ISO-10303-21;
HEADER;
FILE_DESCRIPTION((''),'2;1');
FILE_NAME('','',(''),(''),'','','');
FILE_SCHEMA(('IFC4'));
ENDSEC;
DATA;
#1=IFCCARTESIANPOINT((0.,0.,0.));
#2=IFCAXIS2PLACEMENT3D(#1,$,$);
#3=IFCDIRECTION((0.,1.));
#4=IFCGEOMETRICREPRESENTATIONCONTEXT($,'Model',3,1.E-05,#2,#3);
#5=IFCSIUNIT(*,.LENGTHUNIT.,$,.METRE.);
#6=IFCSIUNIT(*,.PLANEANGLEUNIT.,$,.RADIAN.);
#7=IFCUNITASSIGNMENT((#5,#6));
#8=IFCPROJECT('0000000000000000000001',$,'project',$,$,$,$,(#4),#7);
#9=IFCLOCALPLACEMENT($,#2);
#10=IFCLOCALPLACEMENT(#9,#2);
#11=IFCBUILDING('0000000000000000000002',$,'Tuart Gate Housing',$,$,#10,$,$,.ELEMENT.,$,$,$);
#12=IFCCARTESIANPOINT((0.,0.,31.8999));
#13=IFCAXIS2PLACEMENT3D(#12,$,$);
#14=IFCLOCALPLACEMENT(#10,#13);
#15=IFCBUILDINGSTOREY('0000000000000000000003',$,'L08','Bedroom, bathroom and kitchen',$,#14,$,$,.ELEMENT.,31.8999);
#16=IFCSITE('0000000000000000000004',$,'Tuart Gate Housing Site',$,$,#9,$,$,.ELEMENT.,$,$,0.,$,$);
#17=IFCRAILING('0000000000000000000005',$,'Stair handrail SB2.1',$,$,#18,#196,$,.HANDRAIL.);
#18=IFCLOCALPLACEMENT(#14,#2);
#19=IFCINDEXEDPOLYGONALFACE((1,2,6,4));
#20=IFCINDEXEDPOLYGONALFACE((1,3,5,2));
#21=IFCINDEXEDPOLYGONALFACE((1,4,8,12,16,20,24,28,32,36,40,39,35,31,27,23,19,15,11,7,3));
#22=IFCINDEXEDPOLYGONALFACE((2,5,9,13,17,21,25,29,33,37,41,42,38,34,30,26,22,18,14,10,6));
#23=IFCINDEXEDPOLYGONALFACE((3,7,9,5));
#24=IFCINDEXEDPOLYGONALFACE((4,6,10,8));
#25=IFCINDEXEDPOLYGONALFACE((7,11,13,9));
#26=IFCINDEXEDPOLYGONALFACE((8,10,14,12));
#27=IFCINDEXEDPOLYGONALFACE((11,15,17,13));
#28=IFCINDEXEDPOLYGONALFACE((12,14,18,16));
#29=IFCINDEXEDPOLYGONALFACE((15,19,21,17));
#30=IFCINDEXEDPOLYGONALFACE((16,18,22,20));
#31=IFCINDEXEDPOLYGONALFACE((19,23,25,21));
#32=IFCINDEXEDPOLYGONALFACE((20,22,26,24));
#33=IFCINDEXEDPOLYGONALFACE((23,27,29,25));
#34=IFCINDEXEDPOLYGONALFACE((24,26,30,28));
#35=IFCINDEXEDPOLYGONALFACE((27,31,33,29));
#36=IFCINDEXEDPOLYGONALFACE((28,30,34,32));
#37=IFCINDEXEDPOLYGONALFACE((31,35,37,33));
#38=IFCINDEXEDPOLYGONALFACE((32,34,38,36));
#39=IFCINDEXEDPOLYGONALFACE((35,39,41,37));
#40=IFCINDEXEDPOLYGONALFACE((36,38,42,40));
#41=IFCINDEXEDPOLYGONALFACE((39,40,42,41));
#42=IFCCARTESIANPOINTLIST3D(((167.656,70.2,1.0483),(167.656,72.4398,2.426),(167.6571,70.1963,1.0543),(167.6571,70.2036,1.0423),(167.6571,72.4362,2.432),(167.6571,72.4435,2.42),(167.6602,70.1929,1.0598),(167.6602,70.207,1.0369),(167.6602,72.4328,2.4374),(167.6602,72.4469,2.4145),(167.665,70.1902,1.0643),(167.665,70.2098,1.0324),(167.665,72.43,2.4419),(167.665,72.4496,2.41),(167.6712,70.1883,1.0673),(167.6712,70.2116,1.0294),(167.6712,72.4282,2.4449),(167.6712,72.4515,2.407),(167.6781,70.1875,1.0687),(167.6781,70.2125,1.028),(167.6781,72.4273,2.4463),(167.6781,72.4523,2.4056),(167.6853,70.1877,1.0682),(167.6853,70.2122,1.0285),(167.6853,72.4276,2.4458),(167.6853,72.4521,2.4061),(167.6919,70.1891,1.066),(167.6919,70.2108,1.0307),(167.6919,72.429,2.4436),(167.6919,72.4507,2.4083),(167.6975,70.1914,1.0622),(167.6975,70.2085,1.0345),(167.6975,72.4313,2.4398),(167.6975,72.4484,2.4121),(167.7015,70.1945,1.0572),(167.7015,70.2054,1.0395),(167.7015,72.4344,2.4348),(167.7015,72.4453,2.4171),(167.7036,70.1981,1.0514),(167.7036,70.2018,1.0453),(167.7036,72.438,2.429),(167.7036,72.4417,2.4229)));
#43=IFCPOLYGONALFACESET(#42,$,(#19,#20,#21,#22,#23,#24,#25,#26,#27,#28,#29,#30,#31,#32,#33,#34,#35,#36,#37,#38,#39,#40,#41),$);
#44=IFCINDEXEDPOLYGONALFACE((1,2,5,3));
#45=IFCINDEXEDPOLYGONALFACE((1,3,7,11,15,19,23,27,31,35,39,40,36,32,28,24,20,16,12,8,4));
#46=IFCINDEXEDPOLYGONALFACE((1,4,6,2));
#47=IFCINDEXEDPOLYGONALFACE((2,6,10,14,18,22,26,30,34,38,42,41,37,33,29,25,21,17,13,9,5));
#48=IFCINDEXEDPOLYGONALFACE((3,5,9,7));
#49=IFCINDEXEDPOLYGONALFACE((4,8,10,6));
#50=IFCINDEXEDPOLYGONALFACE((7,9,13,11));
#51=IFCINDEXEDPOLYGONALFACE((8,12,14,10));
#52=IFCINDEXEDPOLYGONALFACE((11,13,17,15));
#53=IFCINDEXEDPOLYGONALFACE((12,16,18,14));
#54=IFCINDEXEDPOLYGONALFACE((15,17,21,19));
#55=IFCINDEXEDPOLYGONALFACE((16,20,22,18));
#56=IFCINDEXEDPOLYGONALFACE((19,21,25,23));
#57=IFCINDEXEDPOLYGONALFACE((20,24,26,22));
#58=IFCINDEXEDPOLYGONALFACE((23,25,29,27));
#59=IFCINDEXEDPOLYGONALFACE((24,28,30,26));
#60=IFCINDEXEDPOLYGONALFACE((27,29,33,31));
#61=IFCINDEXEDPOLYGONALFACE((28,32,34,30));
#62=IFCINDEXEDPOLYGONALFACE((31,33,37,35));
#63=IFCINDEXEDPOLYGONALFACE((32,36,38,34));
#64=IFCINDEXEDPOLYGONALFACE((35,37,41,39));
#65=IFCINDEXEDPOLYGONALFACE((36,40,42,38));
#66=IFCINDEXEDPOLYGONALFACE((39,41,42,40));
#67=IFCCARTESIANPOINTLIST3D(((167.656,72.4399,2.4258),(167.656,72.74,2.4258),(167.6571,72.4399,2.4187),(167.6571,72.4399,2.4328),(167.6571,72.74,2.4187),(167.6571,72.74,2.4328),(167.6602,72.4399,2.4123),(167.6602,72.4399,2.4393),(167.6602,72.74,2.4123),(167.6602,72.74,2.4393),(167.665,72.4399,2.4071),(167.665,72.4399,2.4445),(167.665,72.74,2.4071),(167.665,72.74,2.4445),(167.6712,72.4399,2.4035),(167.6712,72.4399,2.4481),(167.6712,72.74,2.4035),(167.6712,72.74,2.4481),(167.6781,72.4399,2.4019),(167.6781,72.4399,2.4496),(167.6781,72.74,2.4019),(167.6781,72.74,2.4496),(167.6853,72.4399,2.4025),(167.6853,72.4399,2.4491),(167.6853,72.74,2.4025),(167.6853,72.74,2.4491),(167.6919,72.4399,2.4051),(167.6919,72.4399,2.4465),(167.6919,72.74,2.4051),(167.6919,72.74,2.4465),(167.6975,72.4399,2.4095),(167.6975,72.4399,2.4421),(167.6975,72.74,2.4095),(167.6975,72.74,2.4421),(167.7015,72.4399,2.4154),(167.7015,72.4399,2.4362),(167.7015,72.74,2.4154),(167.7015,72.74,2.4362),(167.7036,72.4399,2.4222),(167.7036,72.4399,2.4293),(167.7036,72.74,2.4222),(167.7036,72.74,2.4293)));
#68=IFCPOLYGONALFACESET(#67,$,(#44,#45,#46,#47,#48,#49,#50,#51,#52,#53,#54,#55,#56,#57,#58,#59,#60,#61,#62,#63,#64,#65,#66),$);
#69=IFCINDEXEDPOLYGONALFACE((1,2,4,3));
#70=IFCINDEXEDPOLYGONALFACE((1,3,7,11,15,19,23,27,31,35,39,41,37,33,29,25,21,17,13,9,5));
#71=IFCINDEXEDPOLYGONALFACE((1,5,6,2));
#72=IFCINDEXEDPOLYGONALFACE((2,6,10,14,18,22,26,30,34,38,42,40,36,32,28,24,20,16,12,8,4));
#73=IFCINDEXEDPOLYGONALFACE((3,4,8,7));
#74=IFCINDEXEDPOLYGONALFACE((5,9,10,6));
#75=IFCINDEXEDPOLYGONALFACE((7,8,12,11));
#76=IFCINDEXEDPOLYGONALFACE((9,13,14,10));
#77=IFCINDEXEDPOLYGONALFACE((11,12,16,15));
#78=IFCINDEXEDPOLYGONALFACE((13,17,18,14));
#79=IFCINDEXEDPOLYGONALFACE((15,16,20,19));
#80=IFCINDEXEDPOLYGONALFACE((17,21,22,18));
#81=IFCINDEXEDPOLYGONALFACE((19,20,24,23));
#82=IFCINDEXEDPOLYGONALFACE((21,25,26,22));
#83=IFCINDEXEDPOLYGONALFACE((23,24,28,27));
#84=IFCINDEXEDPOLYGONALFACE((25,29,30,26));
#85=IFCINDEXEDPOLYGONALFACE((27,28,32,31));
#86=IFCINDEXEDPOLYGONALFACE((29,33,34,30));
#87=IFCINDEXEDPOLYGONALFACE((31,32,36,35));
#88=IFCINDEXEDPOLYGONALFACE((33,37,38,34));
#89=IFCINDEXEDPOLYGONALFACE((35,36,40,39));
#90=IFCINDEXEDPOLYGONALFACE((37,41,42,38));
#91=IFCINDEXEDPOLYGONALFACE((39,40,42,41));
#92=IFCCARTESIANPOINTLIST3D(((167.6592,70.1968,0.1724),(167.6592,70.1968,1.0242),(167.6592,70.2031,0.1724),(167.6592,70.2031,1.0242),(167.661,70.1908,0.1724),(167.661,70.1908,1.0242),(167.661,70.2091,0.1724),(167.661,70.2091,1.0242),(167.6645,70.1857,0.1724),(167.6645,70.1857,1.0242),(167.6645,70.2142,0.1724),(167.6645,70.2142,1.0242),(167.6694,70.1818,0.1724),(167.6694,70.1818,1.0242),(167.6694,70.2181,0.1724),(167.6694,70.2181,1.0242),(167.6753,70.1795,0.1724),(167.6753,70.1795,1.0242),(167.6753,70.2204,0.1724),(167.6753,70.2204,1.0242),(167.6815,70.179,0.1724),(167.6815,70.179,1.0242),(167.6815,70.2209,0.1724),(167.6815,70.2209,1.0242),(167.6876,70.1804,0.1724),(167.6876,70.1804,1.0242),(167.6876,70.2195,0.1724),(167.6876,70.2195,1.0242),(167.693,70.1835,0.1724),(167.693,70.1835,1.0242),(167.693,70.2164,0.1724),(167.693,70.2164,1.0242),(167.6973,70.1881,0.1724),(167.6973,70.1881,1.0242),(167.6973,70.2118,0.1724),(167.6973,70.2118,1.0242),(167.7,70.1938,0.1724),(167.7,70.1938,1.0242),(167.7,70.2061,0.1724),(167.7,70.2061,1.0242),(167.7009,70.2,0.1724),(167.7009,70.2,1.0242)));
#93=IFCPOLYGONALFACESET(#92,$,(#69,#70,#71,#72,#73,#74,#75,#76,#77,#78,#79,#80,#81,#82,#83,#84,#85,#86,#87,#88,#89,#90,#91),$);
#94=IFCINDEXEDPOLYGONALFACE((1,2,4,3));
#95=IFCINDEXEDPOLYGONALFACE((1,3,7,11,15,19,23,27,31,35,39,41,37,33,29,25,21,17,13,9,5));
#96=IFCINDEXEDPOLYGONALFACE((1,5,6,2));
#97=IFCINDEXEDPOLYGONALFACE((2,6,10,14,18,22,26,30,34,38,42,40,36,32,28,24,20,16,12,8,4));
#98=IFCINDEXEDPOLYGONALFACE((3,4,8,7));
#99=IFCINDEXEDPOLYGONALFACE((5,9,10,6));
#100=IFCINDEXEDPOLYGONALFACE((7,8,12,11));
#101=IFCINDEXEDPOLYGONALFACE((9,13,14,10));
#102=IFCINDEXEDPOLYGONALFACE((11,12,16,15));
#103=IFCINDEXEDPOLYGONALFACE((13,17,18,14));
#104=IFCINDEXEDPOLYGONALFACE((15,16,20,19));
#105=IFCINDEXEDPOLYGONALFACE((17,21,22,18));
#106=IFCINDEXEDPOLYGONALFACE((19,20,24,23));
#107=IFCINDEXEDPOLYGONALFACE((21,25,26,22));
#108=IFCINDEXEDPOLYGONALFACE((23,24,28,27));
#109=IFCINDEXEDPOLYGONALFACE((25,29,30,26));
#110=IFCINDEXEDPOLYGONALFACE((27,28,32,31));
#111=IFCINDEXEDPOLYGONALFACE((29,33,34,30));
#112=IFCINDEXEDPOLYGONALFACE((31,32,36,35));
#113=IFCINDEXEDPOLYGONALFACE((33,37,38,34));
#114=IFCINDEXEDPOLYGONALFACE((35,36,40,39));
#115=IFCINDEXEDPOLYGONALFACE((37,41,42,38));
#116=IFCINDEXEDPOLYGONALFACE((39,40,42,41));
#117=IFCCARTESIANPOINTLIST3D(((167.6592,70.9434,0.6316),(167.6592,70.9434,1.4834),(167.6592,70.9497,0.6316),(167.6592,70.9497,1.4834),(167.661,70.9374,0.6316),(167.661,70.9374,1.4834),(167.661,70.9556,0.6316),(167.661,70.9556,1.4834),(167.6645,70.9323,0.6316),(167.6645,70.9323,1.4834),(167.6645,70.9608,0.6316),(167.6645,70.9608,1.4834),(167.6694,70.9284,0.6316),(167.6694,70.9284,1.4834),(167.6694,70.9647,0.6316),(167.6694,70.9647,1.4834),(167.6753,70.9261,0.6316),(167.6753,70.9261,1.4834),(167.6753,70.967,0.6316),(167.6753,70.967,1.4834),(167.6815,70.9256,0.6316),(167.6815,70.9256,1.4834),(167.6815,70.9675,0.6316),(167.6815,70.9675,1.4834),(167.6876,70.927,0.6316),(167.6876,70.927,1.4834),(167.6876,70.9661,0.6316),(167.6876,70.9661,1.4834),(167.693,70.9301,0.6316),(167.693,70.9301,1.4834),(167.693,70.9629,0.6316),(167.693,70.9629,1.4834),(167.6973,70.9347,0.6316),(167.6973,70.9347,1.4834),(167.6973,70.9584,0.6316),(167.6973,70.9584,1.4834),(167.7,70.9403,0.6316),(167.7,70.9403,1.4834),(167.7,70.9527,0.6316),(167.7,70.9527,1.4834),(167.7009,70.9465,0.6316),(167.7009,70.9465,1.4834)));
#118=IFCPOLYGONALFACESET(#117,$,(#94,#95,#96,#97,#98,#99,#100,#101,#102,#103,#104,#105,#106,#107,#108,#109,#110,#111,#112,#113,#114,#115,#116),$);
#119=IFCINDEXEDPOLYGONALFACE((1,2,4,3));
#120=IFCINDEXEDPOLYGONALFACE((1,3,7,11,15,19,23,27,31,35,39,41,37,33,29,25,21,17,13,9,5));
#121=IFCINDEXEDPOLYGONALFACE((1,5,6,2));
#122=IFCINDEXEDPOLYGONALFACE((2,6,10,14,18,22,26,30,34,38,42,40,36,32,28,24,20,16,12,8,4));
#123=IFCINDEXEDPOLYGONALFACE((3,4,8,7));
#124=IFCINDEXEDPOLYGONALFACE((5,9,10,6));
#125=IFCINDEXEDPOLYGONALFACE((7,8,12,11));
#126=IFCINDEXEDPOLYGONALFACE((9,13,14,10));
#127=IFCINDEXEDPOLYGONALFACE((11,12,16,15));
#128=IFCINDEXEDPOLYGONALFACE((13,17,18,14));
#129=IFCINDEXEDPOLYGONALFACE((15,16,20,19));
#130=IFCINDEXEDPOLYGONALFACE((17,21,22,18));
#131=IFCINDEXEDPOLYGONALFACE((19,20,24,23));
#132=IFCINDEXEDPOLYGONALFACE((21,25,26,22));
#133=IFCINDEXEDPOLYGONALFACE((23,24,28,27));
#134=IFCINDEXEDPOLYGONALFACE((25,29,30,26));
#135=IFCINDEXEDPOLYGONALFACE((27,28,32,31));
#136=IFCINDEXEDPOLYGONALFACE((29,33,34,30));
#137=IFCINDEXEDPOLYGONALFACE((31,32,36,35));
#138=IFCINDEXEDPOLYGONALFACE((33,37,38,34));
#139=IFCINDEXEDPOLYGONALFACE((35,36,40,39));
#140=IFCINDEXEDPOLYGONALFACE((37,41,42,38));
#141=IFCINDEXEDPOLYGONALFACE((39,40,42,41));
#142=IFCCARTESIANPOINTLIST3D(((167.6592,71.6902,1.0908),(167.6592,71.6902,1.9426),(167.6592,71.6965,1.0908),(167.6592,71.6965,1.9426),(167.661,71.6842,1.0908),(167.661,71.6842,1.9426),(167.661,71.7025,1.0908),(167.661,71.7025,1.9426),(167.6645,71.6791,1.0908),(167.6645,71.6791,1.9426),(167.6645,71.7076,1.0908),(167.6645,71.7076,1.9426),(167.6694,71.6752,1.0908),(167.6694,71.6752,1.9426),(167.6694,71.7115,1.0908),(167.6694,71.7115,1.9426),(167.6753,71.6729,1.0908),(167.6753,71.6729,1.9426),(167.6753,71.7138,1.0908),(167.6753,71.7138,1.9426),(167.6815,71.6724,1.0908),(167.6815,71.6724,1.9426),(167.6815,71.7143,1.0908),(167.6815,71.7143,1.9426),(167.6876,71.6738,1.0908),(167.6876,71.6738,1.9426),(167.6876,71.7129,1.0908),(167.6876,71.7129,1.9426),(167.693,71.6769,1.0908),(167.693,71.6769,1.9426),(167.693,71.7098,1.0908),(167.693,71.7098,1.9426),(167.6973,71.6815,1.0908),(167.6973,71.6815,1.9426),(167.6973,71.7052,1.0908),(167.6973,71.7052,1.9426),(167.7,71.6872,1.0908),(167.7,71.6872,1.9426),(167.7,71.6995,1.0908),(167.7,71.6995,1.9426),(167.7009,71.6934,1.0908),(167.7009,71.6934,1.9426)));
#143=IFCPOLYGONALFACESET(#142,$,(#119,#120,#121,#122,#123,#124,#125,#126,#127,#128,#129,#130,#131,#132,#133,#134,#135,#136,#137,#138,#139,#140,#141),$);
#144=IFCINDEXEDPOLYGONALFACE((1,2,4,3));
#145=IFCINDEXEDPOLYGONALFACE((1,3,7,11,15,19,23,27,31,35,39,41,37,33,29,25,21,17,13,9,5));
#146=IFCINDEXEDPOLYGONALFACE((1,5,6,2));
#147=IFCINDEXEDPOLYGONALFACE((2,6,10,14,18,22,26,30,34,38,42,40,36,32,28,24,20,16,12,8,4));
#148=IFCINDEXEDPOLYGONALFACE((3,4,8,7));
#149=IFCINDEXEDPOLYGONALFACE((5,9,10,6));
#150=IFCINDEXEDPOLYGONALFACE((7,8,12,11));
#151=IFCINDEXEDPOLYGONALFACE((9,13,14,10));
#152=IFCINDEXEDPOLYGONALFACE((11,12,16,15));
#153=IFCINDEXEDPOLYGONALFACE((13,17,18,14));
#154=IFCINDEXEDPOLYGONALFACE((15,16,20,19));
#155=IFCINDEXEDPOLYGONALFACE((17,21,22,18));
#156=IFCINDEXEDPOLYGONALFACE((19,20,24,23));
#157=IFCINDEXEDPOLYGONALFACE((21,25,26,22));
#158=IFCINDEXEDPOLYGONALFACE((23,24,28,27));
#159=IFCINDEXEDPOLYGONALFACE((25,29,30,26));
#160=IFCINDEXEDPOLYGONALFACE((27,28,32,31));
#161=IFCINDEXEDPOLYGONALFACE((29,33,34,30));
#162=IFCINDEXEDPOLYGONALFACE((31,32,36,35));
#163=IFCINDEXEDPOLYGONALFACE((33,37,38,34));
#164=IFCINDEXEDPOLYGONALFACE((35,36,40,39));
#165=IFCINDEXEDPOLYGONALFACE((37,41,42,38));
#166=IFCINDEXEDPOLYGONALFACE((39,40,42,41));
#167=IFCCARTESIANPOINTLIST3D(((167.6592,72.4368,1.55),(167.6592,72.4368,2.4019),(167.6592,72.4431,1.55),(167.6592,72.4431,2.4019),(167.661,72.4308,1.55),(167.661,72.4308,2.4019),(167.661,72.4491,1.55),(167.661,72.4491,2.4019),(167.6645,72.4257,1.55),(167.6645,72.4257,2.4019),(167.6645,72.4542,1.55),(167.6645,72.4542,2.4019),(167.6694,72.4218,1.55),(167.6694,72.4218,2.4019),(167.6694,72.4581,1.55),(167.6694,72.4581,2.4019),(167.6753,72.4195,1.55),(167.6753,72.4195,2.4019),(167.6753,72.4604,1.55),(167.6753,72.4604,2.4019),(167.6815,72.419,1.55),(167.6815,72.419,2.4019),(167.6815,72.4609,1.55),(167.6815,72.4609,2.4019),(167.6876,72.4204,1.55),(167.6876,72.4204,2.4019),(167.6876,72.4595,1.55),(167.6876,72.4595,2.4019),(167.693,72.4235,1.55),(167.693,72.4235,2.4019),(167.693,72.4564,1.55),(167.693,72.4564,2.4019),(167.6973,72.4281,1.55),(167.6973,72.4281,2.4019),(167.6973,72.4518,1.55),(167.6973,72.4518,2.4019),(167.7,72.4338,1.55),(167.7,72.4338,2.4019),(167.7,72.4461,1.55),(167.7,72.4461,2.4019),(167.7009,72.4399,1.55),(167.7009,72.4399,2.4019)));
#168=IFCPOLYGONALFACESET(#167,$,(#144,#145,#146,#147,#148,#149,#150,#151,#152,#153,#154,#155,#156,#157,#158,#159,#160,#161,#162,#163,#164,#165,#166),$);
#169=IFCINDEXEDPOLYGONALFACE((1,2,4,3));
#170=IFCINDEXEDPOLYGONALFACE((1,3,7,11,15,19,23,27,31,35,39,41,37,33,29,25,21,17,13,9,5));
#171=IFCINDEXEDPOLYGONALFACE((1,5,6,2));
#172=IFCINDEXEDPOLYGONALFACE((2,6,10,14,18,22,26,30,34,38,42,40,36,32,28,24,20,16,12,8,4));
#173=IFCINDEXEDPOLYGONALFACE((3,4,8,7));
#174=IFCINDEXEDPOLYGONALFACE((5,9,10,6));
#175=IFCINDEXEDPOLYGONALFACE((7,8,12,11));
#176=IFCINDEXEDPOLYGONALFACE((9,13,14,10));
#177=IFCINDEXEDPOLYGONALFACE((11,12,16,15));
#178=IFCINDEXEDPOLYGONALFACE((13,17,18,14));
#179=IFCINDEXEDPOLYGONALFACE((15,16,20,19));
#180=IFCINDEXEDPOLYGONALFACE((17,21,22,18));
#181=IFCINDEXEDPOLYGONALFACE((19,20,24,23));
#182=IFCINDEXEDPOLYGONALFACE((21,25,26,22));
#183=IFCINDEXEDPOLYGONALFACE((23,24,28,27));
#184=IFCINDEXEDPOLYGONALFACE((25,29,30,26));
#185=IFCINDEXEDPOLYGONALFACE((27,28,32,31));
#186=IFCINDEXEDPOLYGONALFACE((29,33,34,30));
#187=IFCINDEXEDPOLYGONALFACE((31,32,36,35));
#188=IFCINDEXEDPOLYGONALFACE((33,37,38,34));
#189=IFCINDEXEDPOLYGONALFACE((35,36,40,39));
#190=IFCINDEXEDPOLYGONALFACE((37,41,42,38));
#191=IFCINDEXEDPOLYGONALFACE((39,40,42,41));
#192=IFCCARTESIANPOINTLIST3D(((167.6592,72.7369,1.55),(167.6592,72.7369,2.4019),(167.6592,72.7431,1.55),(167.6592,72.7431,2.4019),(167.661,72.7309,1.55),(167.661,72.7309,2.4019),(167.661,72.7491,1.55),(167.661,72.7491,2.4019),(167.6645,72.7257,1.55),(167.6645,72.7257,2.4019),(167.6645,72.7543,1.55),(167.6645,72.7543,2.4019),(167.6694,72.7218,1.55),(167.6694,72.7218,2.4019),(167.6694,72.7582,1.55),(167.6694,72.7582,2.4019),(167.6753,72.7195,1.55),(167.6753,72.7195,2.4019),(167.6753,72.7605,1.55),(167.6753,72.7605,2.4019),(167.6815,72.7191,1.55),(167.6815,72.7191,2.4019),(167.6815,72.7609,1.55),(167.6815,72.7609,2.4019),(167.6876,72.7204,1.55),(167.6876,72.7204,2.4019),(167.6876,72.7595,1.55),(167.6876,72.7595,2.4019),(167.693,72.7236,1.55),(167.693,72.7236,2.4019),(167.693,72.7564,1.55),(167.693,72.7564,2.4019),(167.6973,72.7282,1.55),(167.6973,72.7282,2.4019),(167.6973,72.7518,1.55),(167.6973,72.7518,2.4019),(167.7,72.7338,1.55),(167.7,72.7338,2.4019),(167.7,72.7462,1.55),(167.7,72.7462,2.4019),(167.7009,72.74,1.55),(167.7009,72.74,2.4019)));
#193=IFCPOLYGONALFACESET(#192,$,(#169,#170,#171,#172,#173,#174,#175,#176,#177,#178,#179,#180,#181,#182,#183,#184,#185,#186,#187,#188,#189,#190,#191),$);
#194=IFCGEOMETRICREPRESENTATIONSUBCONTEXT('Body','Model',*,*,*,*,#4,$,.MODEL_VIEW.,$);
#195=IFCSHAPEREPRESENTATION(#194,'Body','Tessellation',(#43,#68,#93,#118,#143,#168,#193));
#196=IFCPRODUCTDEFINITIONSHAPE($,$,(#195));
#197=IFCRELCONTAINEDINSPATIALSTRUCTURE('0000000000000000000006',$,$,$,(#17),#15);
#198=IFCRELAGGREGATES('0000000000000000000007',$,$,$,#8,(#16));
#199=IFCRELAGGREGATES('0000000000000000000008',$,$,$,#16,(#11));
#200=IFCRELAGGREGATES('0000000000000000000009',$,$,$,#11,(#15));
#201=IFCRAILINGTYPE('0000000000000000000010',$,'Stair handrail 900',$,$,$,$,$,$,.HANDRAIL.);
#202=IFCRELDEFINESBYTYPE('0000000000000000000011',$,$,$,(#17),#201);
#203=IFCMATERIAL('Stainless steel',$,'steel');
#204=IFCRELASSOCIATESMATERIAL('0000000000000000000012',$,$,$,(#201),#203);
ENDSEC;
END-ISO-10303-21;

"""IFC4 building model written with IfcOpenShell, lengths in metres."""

from ifc_helpers import new_model, si_unit, direction, frame, origin, origin_2d, place, context, subcontext, project, spatial, circle, extrude, material, type_object, element, save


model = new_model("IFC4")

# Units and contexts
model_context = context("Model", 3, precision=1e-05, world=origin(), true_north=direction((0.0, 1.0)))
body_context = subcontext(model_context, "Body", "Model", "MODEL_VIEW")
ifc_project = project(units=[si_unit("LENGTHUNIT", "METRE"), si_unit("PLANEANGLEUNIT", "RADIAN")], contexts=[model_context])

# Site, building, storey
site_placement = place(None, origin())
site = spatial("IfcSite", under=ifc_project, at=site_placement, Name="Tuart Gate Housing Site", CompositionType="ELEMENT", RefElevation=0.0)
building_placement = place(site_placement, origin())
building = spatial("IfcBuilding", under=site, at=building_placement, Name="Tuart Gate Housing", CompositionType="ELEMENT")
storey_placement = place(building_placement, frame((0.0, 0.0, 31.8999)))
storey = spatial("IfcBuildingStorey", under=building, at=storey_placement, Name="L08", Description="Bedroom, bathroom and kitchen", CompositionType="ELEMENT", Elevation=31.8999)

# Railing
ifc_material_1 = material(Name="Stainless steel", Category="steel")
railing_type = type_object("IfcRailingType", Name="Stair handrail 900", PredefinedType="HANDRAIL", material=ifc_material_1)
railing_placement = place(storey_placement, frame((167.6799, 70.2, 0.1724)))
element("IfcRailing", 1, at=railing_placement, inside=storey, type_object=railing_type, Name="Stair handrail SB2.1", PredefinedType="HANDRAIL", context=body_context, shape_type="SweptSolid", body=[
    extrude(circle(Radius=0.0239, at=origin_2d()), frame((0.0, 0.0, 0.876), z_axis=(0.0, 0.851789, 0.523885), x_axis=(-1.0, 0.0, 0.0)), (0.0, 0.0, 1.0), 2.6296),
    extrude(circle(Radius=0.0239, at=origin_2d()), frame((0.0, 2.24, 2.2534), z_axis=(0.0, 1.0, 0.0), x_axis=(-1.0, 0.0, 0.0)), (0.0, 0.0, 1.0), 0.3),
    extrude(circle(Radius=0.021, at=origin_2d()), origin(), (0.0, 0.0, 1.0), 0.8518),
    extrude(circle(Radius=0.021, at=origin_2d()), frame((0.0, 0.7466, 0.4592)), (0.0, 0.0, 1.0), 0.8518),
    extrude(circle(Radius=0.021, at=origin_2d()), frame((0.0, 1.4934, 0.9185)), (0.0, 0.0, 1.0), 0.8518),
    extrude(circle(Radius=0.021, at=origin_2d()), frame((0.0, 2.24, 1.3777)), (0.0, 0.0, 1.0), 0.8518),
    extrude(circle(Radius=0.021, at=origin_2d()), frame((0.0, 2.54, 1.3777)), (0.0, 0.0, 1.0), 0.8518),
])

save(model, "model.ifc")
